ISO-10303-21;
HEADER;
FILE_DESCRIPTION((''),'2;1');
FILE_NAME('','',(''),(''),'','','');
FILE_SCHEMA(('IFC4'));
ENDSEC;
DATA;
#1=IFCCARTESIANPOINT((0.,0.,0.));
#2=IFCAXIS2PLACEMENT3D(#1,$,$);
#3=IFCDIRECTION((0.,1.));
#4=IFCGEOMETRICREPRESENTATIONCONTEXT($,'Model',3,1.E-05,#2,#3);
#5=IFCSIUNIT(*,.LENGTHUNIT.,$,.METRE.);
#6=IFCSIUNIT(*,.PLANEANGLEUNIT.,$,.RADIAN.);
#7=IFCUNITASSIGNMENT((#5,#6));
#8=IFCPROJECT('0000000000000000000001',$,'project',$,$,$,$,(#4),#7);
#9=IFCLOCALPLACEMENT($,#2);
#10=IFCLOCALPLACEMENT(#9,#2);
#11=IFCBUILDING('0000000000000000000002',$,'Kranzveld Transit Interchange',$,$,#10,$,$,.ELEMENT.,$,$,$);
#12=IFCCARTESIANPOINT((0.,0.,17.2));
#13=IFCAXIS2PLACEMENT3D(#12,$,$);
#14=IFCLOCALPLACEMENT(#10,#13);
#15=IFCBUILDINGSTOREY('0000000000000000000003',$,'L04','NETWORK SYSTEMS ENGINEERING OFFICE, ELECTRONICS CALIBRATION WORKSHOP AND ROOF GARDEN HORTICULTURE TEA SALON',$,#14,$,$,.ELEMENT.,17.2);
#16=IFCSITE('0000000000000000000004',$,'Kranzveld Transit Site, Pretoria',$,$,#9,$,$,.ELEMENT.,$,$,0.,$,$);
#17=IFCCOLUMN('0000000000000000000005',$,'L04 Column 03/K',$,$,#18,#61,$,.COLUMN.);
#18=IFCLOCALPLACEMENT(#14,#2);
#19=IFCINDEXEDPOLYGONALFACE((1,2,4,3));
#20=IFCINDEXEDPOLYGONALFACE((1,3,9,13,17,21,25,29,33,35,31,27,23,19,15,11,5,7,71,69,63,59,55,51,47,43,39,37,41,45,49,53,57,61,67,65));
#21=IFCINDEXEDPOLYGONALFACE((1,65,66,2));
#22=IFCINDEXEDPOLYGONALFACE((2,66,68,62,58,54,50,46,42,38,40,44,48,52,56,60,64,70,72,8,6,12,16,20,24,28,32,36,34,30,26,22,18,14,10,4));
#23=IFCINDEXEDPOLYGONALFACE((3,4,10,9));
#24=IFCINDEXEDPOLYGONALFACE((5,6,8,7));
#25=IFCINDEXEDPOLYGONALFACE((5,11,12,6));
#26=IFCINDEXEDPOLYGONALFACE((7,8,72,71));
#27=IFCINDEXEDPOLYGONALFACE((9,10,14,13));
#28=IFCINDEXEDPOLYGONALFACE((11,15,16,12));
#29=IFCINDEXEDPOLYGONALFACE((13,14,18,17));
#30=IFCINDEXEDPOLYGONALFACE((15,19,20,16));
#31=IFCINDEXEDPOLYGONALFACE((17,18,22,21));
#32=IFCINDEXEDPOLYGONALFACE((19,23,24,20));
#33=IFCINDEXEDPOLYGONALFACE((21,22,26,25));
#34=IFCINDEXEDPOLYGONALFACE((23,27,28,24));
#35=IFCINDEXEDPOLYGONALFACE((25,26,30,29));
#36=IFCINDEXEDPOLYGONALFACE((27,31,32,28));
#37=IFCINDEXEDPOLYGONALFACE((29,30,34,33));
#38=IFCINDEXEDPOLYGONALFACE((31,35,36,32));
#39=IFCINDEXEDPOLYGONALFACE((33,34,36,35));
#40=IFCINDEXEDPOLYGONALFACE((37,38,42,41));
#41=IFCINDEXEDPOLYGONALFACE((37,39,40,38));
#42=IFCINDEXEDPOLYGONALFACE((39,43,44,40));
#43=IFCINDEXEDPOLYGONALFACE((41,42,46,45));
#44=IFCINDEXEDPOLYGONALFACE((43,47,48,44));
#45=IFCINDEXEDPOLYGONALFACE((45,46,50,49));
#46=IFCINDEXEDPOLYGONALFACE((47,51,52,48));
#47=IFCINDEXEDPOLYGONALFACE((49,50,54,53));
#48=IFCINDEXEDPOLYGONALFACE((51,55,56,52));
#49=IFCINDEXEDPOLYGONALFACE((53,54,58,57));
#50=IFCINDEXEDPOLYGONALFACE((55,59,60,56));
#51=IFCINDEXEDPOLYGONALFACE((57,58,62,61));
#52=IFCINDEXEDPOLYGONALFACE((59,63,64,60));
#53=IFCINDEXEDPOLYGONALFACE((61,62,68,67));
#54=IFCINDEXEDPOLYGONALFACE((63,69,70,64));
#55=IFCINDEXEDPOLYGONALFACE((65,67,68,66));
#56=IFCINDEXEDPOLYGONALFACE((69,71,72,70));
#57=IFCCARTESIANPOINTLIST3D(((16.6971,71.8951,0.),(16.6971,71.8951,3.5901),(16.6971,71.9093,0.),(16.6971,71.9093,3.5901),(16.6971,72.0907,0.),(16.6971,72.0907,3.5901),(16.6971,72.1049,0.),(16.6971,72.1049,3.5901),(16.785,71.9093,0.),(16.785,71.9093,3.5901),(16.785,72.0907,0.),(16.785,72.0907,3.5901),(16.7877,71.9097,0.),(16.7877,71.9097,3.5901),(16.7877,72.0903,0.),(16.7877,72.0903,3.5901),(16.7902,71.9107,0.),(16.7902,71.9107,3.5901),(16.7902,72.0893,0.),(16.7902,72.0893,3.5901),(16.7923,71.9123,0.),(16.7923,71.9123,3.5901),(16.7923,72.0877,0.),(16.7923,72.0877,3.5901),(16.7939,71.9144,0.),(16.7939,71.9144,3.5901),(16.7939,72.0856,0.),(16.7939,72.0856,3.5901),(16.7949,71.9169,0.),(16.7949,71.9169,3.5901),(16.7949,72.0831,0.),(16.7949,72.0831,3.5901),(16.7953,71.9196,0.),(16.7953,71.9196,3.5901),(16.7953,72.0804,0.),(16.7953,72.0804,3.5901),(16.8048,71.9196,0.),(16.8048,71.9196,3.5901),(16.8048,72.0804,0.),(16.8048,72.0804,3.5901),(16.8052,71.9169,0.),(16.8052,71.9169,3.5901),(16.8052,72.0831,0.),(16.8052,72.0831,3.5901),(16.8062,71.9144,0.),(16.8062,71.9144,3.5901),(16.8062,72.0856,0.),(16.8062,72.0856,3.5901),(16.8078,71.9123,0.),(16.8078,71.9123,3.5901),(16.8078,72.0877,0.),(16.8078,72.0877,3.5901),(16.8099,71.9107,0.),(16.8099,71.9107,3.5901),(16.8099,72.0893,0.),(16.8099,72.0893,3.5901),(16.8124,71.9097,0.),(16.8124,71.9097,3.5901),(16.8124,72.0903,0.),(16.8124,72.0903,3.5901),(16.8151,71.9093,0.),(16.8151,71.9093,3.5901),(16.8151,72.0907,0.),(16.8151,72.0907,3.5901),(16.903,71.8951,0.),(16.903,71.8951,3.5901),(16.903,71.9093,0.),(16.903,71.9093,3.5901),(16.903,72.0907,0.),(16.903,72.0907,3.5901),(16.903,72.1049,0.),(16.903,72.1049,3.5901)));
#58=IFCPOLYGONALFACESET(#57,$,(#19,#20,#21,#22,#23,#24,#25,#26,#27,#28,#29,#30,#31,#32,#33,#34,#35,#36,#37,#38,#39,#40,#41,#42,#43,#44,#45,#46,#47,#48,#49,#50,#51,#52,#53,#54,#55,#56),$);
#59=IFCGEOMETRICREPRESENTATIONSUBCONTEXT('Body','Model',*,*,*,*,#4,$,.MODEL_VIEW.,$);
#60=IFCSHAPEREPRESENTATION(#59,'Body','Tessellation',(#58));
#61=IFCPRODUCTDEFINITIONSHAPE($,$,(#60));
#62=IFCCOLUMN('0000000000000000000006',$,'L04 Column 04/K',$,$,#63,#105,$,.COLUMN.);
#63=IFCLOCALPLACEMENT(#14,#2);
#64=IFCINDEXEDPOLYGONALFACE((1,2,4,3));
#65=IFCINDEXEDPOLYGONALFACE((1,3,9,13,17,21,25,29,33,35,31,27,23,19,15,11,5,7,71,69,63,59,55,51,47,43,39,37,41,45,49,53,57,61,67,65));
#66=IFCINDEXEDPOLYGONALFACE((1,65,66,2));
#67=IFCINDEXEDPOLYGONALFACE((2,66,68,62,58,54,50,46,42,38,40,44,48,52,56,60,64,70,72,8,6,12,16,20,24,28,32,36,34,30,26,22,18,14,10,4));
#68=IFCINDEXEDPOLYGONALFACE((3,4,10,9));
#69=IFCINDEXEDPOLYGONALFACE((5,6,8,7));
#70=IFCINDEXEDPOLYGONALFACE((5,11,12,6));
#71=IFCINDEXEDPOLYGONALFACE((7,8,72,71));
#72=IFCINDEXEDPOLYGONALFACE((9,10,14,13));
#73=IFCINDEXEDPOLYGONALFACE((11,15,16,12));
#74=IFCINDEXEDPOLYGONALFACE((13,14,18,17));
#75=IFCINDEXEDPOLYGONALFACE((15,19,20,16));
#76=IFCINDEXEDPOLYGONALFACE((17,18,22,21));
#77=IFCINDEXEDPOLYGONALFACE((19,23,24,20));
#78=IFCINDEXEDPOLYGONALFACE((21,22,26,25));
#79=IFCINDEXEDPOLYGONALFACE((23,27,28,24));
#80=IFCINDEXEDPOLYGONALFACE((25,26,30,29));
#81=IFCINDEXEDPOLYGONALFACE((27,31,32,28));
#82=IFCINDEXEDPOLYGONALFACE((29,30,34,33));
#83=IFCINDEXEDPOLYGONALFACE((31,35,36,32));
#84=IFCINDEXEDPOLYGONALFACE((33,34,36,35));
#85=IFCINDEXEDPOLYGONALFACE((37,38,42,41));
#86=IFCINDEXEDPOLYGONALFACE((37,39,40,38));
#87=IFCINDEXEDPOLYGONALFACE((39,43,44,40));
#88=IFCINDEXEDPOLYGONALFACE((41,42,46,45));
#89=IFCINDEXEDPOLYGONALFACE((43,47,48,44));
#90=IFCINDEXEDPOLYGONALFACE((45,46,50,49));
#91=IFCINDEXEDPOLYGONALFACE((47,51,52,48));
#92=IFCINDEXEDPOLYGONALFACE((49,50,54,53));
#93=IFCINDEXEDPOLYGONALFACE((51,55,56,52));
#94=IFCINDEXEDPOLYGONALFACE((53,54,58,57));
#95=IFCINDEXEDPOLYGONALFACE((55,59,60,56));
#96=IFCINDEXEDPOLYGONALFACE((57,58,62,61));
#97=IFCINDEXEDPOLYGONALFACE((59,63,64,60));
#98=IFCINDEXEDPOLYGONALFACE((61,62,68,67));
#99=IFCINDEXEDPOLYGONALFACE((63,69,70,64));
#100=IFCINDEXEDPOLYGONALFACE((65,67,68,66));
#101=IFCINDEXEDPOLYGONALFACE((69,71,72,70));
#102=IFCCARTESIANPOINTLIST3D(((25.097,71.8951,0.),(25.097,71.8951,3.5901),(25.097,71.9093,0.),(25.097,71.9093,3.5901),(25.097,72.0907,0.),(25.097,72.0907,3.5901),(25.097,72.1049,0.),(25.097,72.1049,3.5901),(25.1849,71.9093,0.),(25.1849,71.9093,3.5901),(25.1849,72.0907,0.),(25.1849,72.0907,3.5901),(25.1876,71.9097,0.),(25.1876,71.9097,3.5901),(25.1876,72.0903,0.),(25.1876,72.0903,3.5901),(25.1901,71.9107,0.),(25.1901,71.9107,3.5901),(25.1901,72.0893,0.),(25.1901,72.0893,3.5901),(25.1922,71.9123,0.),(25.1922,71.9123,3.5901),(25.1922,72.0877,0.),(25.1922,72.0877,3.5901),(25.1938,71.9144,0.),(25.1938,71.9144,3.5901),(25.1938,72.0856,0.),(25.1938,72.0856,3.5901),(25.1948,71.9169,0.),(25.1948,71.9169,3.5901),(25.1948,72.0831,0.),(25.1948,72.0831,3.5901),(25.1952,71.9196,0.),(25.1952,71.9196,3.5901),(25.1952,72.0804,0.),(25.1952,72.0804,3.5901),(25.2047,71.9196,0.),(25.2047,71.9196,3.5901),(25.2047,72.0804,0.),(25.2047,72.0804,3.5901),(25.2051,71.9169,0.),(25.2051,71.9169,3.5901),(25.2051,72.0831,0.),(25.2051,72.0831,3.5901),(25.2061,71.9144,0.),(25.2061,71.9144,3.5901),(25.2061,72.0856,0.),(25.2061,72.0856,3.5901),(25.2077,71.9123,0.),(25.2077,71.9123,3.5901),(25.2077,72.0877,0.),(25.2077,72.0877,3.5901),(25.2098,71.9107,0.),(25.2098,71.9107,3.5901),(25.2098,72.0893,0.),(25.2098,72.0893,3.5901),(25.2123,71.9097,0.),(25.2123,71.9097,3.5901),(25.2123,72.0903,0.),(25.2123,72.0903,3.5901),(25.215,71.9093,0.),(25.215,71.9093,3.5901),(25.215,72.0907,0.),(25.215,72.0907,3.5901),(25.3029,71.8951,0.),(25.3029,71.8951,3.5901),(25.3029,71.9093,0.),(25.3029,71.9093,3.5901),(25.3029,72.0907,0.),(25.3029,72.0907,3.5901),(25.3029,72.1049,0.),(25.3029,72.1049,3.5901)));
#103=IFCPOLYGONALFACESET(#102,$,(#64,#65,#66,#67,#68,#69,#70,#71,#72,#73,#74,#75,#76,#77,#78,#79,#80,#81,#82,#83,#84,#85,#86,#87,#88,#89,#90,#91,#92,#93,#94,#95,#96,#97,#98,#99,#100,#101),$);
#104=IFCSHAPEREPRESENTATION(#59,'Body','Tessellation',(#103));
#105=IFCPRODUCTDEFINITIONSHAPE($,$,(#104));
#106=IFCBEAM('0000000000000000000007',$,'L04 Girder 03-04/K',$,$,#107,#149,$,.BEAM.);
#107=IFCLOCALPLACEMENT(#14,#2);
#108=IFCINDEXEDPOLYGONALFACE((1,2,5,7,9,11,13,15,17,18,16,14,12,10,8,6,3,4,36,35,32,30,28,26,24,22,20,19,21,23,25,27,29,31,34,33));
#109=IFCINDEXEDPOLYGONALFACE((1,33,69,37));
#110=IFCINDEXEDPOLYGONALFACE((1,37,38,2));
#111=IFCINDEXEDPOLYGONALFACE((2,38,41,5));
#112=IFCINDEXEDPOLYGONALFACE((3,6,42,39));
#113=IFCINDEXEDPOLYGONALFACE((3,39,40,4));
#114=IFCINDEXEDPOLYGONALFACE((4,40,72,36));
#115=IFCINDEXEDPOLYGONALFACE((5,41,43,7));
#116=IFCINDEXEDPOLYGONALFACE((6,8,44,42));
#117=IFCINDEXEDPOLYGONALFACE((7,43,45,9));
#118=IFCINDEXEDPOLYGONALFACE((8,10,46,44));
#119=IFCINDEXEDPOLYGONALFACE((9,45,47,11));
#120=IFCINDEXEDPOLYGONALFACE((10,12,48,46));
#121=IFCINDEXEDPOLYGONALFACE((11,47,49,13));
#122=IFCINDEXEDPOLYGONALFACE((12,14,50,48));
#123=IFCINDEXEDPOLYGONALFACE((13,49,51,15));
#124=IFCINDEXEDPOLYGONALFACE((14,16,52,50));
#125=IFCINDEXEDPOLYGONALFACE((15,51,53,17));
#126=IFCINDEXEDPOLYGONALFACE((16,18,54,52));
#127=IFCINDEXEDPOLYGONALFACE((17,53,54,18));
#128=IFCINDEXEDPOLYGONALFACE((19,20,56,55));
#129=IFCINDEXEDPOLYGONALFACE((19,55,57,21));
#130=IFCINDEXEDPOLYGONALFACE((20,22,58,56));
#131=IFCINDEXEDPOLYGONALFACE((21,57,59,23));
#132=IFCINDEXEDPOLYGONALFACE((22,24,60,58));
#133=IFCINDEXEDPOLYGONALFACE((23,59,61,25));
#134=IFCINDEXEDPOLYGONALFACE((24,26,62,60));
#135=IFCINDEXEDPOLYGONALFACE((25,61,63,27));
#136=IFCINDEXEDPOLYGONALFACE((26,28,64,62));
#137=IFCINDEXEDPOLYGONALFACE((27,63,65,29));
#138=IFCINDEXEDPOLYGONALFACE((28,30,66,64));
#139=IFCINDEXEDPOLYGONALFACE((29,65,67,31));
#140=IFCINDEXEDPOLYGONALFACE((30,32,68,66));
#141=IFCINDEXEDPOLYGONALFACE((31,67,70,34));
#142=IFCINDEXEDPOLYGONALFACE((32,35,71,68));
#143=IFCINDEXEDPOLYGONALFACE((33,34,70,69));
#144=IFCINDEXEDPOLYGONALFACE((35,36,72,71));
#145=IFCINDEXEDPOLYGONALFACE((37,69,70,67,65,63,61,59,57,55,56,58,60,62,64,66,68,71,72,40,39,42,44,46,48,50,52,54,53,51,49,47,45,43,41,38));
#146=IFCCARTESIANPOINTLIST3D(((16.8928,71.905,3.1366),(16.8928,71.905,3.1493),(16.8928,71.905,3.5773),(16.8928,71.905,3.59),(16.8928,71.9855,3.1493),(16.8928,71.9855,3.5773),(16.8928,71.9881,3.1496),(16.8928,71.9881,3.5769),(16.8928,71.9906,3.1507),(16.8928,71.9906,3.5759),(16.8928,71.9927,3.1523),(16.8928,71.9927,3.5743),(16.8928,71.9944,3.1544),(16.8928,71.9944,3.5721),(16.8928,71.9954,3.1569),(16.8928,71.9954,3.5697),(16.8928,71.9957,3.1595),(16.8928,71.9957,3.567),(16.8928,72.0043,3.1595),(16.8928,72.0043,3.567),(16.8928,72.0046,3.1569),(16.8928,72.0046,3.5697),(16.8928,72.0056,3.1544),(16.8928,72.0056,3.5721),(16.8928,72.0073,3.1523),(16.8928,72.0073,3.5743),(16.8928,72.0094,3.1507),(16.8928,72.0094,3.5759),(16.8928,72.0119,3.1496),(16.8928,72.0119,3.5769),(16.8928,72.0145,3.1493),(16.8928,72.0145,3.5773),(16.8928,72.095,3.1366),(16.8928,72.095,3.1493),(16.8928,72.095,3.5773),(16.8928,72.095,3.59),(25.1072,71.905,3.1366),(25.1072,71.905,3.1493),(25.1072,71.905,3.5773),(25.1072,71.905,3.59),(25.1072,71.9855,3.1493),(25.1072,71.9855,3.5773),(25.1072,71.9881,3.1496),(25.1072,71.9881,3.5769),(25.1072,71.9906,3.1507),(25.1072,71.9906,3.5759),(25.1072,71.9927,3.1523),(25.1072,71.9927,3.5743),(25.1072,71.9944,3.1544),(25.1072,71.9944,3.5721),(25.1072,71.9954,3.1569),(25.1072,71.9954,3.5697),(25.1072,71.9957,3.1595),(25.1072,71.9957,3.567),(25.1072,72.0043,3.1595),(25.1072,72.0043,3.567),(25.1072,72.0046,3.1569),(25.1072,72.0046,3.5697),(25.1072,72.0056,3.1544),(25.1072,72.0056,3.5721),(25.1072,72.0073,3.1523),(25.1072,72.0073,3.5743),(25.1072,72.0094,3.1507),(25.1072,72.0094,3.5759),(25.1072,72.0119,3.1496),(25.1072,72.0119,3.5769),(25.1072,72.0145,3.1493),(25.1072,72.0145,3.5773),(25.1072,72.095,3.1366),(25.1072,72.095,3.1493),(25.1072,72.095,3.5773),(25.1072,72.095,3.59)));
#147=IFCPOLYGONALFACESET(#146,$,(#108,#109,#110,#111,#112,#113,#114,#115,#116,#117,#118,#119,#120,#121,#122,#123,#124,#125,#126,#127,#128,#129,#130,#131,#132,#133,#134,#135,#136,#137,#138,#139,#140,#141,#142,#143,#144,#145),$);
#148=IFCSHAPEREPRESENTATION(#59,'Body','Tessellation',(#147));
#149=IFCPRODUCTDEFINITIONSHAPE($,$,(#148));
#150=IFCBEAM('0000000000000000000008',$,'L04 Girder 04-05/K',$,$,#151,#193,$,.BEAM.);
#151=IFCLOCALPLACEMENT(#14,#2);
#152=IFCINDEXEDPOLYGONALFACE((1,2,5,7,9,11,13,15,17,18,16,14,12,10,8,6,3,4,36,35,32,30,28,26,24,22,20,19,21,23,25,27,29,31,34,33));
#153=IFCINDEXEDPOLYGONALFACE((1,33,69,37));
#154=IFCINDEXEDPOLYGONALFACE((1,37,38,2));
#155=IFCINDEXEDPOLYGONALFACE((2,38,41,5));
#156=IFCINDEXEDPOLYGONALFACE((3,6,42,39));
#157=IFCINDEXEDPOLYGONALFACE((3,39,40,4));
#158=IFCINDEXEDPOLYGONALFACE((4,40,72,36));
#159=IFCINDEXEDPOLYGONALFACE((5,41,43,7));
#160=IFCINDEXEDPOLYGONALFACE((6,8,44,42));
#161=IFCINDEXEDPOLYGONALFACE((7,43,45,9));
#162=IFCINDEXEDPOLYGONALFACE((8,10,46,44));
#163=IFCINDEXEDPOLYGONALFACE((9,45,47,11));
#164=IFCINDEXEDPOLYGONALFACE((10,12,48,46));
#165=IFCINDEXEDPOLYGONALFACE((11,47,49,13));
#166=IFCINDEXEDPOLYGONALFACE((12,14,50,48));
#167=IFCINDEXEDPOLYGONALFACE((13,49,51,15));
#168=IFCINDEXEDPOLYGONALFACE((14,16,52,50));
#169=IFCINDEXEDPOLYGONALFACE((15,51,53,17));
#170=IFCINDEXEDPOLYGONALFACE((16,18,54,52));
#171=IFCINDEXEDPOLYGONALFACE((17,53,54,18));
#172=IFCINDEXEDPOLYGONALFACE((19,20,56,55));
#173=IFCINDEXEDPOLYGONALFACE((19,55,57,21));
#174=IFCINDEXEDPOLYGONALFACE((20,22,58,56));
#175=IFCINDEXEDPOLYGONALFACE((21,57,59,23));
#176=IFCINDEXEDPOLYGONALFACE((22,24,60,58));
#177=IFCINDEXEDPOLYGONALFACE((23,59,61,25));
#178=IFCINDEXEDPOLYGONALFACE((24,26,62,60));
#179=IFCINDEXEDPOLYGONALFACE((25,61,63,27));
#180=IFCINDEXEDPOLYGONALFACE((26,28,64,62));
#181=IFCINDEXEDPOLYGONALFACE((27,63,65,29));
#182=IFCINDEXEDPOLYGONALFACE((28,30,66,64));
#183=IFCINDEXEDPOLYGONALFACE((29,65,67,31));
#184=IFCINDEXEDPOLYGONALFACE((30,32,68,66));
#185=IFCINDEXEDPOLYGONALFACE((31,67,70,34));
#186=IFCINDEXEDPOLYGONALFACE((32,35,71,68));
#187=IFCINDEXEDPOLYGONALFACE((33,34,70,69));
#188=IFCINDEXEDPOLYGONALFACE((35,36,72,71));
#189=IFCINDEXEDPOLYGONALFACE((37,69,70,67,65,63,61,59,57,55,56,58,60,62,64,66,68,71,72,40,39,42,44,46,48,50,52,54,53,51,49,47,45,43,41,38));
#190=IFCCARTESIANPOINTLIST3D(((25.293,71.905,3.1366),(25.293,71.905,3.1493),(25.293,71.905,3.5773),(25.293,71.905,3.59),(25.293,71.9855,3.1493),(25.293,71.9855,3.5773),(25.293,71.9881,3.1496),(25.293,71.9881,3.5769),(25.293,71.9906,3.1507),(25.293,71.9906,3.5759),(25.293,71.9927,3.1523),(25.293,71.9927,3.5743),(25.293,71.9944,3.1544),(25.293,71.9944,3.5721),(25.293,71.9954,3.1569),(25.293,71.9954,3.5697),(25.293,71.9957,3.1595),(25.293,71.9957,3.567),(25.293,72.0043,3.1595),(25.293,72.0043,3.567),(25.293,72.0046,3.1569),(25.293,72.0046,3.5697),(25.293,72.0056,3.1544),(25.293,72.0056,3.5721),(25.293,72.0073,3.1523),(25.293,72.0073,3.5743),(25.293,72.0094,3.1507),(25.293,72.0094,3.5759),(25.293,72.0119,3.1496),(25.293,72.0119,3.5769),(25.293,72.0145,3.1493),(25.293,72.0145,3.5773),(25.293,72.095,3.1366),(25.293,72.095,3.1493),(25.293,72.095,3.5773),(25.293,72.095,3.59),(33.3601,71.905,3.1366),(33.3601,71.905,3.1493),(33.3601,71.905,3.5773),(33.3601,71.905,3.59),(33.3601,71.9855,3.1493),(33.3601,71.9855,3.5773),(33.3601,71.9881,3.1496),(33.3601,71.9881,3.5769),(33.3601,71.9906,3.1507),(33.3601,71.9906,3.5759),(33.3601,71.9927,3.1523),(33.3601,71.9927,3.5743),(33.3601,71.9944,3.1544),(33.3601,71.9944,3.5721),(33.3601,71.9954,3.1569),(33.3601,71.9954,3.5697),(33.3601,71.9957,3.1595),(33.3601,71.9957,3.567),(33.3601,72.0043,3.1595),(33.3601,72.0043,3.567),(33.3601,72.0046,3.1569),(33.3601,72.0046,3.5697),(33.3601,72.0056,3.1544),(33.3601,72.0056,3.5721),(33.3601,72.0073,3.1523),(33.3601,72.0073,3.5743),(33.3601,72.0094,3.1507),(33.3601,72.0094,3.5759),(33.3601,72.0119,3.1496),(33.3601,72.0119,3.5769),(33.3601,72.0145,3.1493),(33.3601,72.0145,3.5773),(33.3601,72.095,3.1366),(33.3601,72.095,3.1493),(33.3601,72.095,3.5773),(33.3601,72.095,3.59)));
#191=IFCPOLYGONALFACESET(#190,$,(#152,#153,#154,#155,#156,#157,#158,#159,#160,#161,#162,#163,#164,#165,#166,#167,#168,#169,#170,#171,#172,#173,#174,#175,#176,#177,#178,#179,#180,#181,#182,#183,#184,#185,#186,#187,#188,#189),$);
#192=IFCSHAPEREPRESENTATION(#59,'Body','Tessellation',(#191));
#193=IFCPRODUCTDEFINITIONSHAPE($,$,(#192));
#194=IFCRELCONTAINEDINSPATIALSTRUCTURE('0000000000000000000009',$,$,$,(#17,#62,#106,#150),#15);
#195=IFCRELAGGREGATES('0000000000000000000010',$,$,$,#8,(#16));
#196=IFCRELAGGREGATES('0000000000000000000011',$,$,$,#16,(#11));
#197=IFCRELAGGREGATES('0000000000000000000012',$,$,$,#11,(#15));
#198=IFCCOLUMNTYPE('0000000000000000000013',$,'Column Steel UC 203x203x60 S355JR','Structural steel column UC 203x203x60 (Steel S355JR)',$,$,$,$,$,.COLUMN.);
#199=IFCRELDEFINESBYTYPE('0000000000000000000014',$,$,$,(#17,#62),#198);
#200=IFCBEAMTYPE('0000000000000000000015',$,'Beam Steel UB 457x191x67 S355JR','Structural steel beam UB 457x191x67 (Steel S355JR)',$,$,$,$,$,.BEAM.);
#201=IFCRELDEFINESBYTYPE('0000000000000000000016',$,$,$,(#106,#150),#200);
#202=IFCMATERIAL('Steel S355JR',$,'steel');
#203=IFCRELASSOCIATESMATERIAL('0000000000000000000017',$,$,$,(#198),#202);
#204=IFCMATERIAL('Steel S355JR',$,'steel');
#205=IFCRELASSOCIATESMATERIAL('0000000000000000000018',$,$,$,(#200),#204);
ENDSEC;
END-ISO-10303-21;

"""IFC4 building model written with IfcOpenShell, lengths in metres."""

from ifc_helpers import new_model, si_unit, direction, frame, origin, origin_2d, place, context, subcontext, project, spatial, i_section, extrude, material, material_profile, profile_set, type_object, element, save


model = new_model("IFC4")

# Units and contexts
model_context = context("Model", 3, precision=1e-05, world=origin(), true_north=direction((0.0, 1.0)))
body_context = subcontext(model_context, "Body", "Model", "MODEL_VIEW")
ifc_project = project(units=[si_unit("LENGTHUNIT", "METRE"), si_unit("PLANEANGLEUNIT", "RADIAN")], contexts=[model_context])

# Site, building, storey
site_placement = place(None, origin())
site = spatial("IfcSite", under=ifc_project, at=site_placement, Name="Kranzveld Transit Site, Pretoria", CompositionType="ELEMENT", RefElevation=0.0)
building_placement = place(site_placement, origin())
building = spatial("IfcBuilding", under=site, at=building_placement, Name="Kranzveld Transit Interchange", CompositionType="ELEMENT")
storey_placement = place(building_placement, frame((0.0, 0.0, 17.2)))
storey = spatial("IfcBuildingStorey", under=building, at=storey_placement, Name="L04", Description="NETWORK SYSTEMS ENGINEERING OFFICE, ELECTRONICS CALIBRATION WORKSHOP AND ROOF GARDEN HORTICULTURE TEA SALON", CompositionType="ELEMENT", Elevation=17.2)

# Columns
ifc_material_1 = material(Name="Steel S355JR", Category="steel")
ifc_material_profile_1 = material_profile(ifc_material_1, i_section(OverallWidth=0.2058, OverallDepth=0.2097, WebThickness=0.0095, FlangeThickness=0.0142, FilletRadius=0.0103, at=origin_2d()), Name="UC 203x203x60")
ifc_profile_set_1 = profile_set([ifc_material_profile_1], Name="Steel S355JR")
column_type = type_object("IfcColumnType", Name="Column Steel UC 203x203x60 S355JR", Description="Structural steel column UC 203x203x60 (Steel S355JR)", PredefinedType="COLUMN", material=ifc_profile_set_1)
for number, where, z_axis, x_axis, name in (
    (1, (16.8, 72.0, 0.0), (0.0, 0.0, 1.0), (1.0, 0.0, 0.0), "L04 Column 03/K"),
    (2, (25.2, 72.0, 0.0), (0.0, 0.0, 1.0), (1.0, 0.0, 0.0), "L04 Column 04/K"),
):
    element("IfcColumn", number, at=place(storey_placement, frame(where, z_axis=z_axis, x_axis=x_axis)), inside=storey, type_object=column_type, Name=name, PredefinedType="COLUMN", context=body_context, shape_type="SweptSolid", body=[
        extrude(i_section(OverallWidth=0.2058, OverallDepth=0.2097, WebThickness=0.0095, FlangeThickness=0.0142, FilletRadius=0.0103, at=origin_2d()), origin(), (0.0, 0.0, 1.0), 3.5901),
    ])

# Beams
ifc_material_2 = material(Name="Steel S355JR", Category="steel")
ifc_material_profile_2 = material_profile(ifc_material_2, i_section(OverallWidth=0.1899, OverallDepth=0.4534, WebThickness=0.0085, FlangeThickness=0.0127, FilletRadius=0.0103, at=origin_2d()), Name="UB 457x191x67")
ifc_profile_set_2 = profile_set([ifc_material_profile_2], Name="Steel S355JR")
beam_type_1 = type_object("IfcBeamType", Name="Beam Steel UB 457x191x67 S355JR", Description="Structural steel beam UB 457x191x67 (Steel S355JR)", PredefinedType="BEAM", material=ifc_profile_set_2)
beam_1_placement = place(storey_placement, frame((16.8928, 72.0, 3.3633), z_axis=(1.0, 0.0, 0.0), x_axis=(0.0, 1.0, 0.0)))
element("IfcBeam", 3, at=beam_1_placement, inside=storey, type_object=beam_type_1, Name="L04 Girder 03-04/K", PredefinedType="BEAM", context=body_context, shape_type="SweptSolid", body=[
    extrude(i_section(OverallWidth=0.1899, OverallDepth=0.4534, WebThickness=0.0085, FlangeThickness=0.0127, FilletRadius=0.0103, at=origin_2d()), origin(), (0.0, 0.0, 1.0), 8.2144),
])
beam_2_placement = place(storey_placement, frame((25.293, 72.0, 3.3633), z_axis=(1.0, 0.0, 0.0), x_axis=(0.0, 1.0, 0.0)))
element("IfcBeam", 4, at=beam_2_placement, inside=storey, type_object=beam_type_1, Name="L04 Girder 04-05/K", PredefinedType="BEAM", context=body_context, shape_type="SweptSolid", body=[
    extrude(i_section(OverallWidth=0.1899, OverallDepth=0.4534, WebThickness=0.0085, FlangeThickness=0.0127, FilletRadius=0.0103, at=origin_2d()), origin(), (0.0, 0.0, 1.0), 8.0671),
])

save(model, "model.ifc")
